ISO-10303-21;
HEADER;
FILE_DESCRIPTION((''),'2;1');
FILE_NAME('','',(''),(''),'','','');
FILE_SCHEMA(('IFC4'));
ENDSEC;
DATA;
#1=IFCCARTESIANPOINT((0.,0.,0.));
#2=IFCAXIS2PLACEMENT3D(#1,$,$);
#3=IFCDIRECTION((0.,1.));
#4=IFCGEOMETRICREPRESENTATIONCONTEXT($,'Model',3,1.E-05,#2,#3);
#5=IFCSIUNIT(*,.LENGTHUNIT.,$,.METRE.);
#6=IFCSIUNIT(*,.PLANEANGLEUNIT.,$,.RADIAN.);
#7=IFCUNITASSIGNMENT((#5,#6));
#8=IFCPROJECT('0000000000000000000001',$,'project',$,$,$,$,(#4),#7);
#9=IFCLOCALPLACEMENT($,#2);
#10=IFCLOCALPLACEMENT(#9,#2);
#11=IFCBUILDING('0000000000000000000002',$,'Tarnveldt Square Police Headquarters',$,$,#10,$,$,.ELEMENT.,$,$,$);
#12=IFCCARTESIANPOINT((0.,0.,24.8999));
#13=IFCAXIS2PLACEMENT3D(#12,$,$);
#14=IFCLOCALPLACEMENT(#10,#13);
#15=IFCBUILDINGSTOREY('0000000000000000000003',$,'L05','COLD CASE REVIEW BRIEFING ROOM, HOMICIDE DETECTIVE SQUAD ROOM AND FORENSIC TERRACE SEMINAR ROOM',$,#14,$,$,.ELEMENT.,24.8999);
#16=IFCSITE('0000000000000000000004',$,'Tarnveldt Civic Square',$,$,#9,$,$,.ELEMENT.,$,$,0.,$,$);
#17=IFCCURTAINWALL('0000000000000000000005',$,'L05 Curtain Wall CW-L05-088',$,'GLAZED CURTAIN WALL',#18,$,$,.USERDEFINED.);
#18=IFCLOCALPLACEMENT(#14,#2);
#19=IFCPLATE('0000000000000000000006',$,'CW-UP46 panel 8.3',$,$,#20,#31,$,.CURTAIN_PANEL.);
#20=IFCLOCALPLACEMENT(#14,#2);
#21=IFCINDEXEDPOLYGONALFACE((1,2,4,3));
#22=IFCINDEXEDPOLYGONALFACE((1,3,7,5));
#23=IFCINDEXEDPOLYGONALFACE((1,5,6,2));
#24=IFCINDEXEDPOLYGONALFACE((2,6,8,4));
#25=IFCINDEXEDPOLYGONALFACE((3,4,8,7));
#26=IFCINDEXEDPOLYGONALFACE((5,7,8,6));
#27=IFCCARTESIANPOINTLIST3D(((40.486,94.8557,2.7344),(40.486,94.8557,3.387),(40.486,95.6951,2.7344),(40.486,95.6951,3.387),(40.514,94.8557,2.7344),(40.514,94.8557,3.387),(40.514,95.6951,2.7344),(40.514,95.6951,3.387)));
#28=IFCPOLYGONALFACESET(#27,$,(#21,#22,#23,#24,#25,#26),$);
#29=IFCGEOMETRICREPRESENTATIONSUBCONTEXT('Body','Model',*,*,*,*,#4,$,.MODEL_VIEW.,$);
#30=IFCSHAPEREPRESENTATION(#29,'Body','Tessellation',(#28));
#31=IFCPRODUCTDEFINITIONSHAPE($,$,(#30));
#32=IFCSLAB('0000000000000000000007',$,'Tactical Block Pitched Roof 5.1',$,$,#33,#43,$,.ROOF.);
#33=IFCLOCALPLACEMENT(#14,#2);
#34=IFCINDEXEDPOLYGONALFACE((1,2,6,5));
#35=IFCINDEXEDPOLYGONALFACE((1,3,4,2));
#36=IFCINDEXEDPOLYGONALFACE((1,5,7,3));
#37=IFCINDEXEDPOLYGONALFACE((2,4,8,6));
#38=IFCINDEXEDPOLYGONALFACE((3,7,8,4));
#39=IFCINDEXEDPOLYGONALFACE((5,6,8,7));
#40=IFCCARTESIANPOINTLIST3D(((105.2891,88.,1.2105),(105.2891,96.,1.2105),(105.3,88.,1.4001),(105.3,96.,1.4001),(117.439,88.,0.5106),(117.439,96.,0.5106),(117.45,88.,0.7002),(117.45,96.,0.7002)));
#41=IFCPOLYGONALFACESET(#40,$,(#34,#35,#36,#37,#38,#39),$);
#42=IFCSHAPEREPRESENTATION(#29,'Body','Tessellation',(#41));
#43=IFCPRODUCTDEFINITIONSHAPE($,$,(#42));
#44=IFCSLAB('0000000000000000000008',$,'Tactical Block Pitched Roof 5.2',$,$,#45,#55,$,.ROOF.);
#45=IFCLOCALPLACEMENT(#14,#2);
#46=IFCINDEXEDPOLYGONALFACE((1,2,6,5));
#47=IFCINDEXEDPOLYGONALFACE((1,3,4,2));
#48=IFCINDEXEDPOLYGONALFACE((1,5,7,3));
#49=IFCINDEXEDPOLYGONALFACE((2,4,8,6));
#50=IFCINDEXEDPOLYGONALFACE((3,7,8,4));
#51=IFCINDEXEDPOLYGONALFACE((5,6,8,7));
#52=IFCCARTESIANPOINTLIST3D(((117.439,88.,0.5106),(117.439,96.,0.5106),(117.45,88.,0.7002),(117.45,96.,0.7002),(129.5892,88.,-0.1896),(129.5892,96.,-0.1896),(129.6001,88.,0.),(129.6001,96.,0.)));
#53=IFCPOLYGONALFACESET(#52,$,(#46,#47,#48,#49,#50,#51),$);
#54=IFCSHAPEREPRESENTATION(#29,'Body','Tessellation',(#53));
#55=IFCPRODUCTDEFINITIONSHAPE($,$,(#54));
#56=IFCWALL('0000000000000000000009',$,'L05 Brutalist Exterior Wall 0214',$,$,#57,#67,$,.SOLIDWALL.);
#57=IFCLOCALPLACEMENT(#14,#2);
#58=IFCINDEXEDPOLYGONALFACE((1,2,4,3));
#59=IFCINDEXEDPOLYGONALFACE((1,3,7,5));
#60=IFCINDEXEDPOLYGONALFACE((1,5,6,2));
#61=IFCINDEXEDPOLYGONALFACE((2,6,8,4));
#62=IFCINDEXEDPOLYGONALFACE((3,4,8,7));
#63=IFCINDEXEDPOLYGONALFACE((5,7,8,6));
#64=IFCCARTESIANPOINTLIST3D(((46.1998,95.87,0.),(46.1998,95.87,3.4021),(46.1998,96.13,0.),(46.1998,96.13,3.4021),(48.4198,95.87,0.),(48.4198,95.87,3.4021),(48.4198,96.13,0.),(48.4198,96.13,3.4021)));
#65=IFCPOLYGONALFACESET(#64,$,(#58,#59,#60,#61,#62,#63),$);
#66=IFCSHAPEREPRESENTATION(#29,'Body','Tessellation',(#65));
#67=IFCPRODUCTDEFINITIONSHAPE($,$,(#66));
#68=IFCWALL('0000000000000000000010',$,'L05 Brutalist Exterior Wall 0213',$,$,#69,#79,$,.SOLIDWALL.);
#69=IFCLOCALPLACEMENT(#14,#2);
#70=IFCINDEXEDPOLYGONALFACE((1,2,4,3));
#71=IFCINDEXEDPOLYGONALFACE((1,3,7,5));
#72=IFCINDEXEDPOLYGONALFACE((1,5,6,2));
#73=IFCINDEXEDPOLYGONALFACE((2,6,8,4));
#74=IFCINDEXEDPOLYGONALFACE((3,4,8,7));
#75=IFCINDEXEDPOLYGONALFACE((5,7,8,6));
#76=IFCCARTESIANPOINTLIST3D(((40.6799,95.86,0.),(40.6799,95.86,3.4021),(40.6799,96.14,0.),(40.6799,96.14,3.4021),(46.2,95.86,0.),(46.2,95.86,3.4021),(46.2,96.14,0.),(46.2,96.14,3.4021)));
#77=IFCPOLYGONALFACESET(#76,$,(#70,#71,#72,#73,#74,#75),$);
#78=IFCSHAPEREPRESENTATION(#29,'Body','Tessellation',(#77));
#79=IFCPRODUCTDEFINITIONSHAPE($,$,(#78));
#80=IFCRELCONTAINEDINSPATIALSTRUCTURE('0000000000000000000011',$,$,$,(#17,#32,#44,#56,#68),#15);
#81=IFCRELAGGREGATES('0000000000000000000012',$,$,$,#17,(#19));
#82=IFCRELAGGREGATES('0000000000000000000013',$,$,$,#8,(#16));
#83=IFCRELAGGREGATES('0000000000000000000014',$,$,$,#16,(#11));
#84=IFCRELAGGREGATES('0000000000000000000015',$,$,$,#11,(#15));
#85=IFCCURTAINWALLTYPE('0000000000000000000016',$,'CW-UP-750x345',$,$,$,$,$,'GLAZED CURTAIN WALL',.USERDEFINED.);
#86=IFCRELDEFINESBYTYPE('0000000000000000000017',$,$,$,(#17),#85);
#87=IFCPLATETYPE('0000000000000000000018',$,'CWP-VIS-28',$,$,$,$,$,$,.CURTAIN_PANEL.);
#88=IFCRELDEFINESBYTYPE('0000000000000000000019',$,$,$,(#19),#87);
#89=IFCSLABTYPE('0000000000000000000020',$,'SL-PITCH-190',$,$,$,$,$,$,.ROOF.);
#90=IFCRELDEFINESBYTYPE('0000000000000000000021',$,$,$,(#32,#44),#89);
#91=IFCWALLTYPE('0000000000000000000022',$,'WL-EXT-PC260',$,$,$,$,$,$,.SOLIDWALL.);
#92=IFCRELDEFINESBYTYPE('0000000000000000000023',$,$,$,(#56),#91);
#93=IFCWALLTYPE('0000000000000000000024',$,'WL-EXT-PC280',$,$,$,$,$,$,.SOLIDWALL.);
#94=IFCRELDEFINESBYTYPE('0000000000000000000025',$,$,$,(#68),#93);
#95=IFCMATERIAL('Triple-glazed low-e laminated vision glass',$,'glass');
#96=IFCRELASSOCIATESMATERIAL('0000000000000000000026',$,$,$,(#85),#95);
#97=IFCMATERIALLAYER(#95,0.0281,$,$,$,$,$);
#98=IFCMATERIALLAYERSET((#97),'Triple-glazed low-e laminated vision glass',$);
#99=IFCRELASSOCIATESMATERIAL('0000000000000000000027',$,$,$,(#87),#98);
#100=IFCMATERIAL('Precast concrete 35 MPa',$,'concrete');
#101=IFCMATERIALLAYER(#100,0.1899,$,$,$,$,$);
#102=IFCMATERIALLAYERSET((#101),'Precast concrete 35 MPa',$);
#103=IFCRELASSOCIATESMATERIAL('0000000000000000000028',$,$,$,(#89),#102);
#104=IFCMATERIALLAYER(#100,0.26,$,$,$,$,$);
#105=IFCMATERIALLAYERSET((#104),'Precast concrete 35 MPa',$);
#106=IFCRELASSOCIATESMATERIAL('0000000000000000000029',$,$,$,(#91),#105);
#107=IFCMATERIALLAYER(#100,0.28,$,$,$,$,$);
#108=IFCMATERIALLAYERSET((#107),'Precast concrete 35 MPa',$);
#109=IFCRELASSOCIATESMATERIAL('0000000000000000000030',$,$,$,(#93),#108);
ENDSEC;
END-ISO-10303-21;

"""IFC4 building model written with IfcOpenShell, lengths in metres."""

from ifc_helpers import new_model, si_unit, direction, frame, frame_2d, origin, origin_2d, place, context, subcontext, project, spatial, polyline, rectangle, outline, extrude, material, layer, layer_set, type_object, element, aggregate, save


model = new_model("IFC4")

# Units and contexts
model_context = context("Model", 3, precision=1e-05, world=origin(), true_north=direction((0.0, 1.0)))
body_context = subcontext(model_context, "Body", "Model", "MODEL_VIEW")
ifc_project = project(units=[si_unit("LENGTHUNIT", "METRE"), si_unit("PLANEANGLEUNIT", "RADIAN")], contexts=[model_context])

# Site, building, storey
site_placement = place(None, origin())
site = spatial("IfcSite", under=ifc_project, at=site_placement, Name="Tarnveldt Civic Square", CompositionType="ELEMENT", RefElevation=0.0)
building_placement = place(site_placement, origin())
building = spatial("IfcBuilding", under=site, at=building_placement, Name="Tarnveldt Square Police Headquarters", CompositionType="ELEMENT")
storey_placement = place(building_placement, frame((0.0, 0.0, 24.8999)))
storey = spatial("IfcBuildingStorey", under=building, at=storey_placement, Name="L05", Description="COLD CASE REVIEW BRIEFING ROOM, HOMICIDE DETECTIVE SQUAD ROOM AND FORENSIC TERRACE SEMINAR ROOM", CompositionType="ELEMENT", Elevation=24.8999)

# Curtain wall
ifc_material_1 = material(Name="Triple-glazed low-e laminated vision glass", Category="glass")
curtain_wall_type = type_object("IfcCurtainWallType", Name="CW-UP-750x345", ElementType="GLAZED CURTAIN WALL", PredefinedType="USERDEFINED", material=ifc_material_1)
curtain_wall_placement = place(storey_placement, origin())
curtain_wall = element("IfcCurtainWall", 1, at=curtain_wall_placement, inside=storey, type_object=curtain_wall_type, Name="L05 Curtain Wall CW-L05-088", ObjectType="GLAZED CURTAIN WALL", PredefinedType="USERDEFINED")

# Plate
ifc_layer_1 = layer(ifc_material_1, 0.0281)
ifc_layer_set_1 = layer_set([ifc_layer_1], Name="Triple-glazed low-e laminated vision glass")
plate_type = type_object("IfcPlateType", Name="CWP-VIS-28", PredefinedType="CURTAIN_PANEL", material=ifc_layer_set_1)
plate_1_placement = place(storey_placement, frame((40.5, 95.2754, 2.7344), z_axis=(0.0, 0.0, 1.0), x_axis=(0.0, 1.0, 0.0)))
plate_1 = element("IfcPlate", 2, at=plate_1_placement, type_object=plate_type, Name="CW-UP46 panel 8.3", PredefinedType="CURTAIN_PANEL", context=body_context, shape_type="SweptSolid", body=[
    extrude(rectangle(XDim=0.8394, YDim=0.0281, at=origin_2d()), origin(), (0.0, 0.0, 1.0), 0.6526),
])
aggregate(curtain_wall, [plate_1])

# Slabs
ifc_material_2 = material(Name="Precast concrete 35 MPa", Category="concrete")
ifc_layer_2 = layer(ifc_material_2, 0.1899)
ifc_layer_set_2 = layer_set([ifc_layer_2], Name="Precast concrete 35 MPa")
slab_type = type_object("IfcSlabType", Name="SL-PITCH-190", PredefinedType="ROOF", material=ifc_layer_set_2)
slab_1_placement = place(storey_placement, frame((105.3, 88.0, 1.4001), z_axis=(0.057514, 0.0, 0.998345), x_axis=(0.0, 1.0, 0.0)))
element("IfcSlab", 3, at=slab_1_placement, inside=storey, type_object=slab_type, Name="Tactical Block Pitched Roof 5.1", PredefinedType="ROOF", context=body_context, shape_type="SweptSolid", body=[
    extrude(outline(polyline([(0.0, 0.0), (8.0, 0.0), (8.0, -12.17), (0.0, -12.17), (0.0, 0.0)])), origin(), (0.0, 0.0, -1.0), 0.1899),
])
slab_2_placement = place(storey_placement, frame((117.45, 88.0, 0.7002), z_axis=(0.057533, 0.0, 0.998344), x_axis=(0.0, 1.0, 0.0)))
element("IfcSlab", 4, at=slab_2_placement, inside=storey, type_object=slab_type, Name="Tactical Block Pitched Roof 5.2", PredefinedType="ROOF", context=body_context, shape_type="SweptSolid", body=[
    extrude(outline(polyline([(0.0, 0.0), (8.0, 0.0), (8.0, -12.1703), (0.0, -12.1703), (0.0, 0.0)])), origin(), (0.0, 0.0, -1.0), 0.1899),
])

# Walls
ifc_layer_3 = layer(ifc_material_2, 0.26)
ifc_layer_set_3 = layer_set([ifc_layer_3], Name="Precast concrete 35 MPa")
wall_type_1 = type_object("IfcWallType", Name="WL-EXT-PC260", PredefinedType="SOLIDWALL", material=ifc_layer_set_3)
wall_1_placement = place(storey_placement, frame((46.2, 96.0, 0.0), z_axis=(0.0, 0.0, 1.0), x_axis=(1.0, 0.0, 0.0)))
element("IfcWall", 5, at=wall_1_placement, inside=storey, type_object=wall_type_1, Name="L05 Brutalist Exterior Wall 0214", PredefinedType="SOLIDWALL", context=body_context, shape_type="SweptSolid", body=[
    extrude(rectangle(XDim=2.22, YDim=0.26, at=frame_2d((1.1099, 0.0))), origin(), (0.0, 0.0, 1.0), 3.4021),
])
ifc_layer_4 = layer(ifc_material_2, 0.28)
ifc_layer_set_4 = layer_set([ifc_layer_4], Name="Precast concrete 35 MPa")
wall_type_2 = type_object("IfcWallType", Name="WL-EXT-PC280", PredefinedType="SOLIDWALL", material=ifc_layer_set_4)
wall_2_placement = place(storey_placement, frame((40.6799, 96.0, 0.0), z_axis=(0.0, 0.0, 1.0), x_axis=(1.0, 0.0, 0.0)))
element("IfcWall", 6, at=wall_2_placement, inside=storey, type_object=wall_type_2, Name="L05 Brutalist Exterior Wall 0213", PredefinedType="SOLIDWALL", context=body_context, shape_type="SweptSolid", body=[
    extrude(rectangle(XDim=5.52, YDim=0.28, at=frame_2d((2.76, 0.0))), origin(), (0.0, 0.0, 1.0), 3.4021),
])

save(model, "model.ifc")
